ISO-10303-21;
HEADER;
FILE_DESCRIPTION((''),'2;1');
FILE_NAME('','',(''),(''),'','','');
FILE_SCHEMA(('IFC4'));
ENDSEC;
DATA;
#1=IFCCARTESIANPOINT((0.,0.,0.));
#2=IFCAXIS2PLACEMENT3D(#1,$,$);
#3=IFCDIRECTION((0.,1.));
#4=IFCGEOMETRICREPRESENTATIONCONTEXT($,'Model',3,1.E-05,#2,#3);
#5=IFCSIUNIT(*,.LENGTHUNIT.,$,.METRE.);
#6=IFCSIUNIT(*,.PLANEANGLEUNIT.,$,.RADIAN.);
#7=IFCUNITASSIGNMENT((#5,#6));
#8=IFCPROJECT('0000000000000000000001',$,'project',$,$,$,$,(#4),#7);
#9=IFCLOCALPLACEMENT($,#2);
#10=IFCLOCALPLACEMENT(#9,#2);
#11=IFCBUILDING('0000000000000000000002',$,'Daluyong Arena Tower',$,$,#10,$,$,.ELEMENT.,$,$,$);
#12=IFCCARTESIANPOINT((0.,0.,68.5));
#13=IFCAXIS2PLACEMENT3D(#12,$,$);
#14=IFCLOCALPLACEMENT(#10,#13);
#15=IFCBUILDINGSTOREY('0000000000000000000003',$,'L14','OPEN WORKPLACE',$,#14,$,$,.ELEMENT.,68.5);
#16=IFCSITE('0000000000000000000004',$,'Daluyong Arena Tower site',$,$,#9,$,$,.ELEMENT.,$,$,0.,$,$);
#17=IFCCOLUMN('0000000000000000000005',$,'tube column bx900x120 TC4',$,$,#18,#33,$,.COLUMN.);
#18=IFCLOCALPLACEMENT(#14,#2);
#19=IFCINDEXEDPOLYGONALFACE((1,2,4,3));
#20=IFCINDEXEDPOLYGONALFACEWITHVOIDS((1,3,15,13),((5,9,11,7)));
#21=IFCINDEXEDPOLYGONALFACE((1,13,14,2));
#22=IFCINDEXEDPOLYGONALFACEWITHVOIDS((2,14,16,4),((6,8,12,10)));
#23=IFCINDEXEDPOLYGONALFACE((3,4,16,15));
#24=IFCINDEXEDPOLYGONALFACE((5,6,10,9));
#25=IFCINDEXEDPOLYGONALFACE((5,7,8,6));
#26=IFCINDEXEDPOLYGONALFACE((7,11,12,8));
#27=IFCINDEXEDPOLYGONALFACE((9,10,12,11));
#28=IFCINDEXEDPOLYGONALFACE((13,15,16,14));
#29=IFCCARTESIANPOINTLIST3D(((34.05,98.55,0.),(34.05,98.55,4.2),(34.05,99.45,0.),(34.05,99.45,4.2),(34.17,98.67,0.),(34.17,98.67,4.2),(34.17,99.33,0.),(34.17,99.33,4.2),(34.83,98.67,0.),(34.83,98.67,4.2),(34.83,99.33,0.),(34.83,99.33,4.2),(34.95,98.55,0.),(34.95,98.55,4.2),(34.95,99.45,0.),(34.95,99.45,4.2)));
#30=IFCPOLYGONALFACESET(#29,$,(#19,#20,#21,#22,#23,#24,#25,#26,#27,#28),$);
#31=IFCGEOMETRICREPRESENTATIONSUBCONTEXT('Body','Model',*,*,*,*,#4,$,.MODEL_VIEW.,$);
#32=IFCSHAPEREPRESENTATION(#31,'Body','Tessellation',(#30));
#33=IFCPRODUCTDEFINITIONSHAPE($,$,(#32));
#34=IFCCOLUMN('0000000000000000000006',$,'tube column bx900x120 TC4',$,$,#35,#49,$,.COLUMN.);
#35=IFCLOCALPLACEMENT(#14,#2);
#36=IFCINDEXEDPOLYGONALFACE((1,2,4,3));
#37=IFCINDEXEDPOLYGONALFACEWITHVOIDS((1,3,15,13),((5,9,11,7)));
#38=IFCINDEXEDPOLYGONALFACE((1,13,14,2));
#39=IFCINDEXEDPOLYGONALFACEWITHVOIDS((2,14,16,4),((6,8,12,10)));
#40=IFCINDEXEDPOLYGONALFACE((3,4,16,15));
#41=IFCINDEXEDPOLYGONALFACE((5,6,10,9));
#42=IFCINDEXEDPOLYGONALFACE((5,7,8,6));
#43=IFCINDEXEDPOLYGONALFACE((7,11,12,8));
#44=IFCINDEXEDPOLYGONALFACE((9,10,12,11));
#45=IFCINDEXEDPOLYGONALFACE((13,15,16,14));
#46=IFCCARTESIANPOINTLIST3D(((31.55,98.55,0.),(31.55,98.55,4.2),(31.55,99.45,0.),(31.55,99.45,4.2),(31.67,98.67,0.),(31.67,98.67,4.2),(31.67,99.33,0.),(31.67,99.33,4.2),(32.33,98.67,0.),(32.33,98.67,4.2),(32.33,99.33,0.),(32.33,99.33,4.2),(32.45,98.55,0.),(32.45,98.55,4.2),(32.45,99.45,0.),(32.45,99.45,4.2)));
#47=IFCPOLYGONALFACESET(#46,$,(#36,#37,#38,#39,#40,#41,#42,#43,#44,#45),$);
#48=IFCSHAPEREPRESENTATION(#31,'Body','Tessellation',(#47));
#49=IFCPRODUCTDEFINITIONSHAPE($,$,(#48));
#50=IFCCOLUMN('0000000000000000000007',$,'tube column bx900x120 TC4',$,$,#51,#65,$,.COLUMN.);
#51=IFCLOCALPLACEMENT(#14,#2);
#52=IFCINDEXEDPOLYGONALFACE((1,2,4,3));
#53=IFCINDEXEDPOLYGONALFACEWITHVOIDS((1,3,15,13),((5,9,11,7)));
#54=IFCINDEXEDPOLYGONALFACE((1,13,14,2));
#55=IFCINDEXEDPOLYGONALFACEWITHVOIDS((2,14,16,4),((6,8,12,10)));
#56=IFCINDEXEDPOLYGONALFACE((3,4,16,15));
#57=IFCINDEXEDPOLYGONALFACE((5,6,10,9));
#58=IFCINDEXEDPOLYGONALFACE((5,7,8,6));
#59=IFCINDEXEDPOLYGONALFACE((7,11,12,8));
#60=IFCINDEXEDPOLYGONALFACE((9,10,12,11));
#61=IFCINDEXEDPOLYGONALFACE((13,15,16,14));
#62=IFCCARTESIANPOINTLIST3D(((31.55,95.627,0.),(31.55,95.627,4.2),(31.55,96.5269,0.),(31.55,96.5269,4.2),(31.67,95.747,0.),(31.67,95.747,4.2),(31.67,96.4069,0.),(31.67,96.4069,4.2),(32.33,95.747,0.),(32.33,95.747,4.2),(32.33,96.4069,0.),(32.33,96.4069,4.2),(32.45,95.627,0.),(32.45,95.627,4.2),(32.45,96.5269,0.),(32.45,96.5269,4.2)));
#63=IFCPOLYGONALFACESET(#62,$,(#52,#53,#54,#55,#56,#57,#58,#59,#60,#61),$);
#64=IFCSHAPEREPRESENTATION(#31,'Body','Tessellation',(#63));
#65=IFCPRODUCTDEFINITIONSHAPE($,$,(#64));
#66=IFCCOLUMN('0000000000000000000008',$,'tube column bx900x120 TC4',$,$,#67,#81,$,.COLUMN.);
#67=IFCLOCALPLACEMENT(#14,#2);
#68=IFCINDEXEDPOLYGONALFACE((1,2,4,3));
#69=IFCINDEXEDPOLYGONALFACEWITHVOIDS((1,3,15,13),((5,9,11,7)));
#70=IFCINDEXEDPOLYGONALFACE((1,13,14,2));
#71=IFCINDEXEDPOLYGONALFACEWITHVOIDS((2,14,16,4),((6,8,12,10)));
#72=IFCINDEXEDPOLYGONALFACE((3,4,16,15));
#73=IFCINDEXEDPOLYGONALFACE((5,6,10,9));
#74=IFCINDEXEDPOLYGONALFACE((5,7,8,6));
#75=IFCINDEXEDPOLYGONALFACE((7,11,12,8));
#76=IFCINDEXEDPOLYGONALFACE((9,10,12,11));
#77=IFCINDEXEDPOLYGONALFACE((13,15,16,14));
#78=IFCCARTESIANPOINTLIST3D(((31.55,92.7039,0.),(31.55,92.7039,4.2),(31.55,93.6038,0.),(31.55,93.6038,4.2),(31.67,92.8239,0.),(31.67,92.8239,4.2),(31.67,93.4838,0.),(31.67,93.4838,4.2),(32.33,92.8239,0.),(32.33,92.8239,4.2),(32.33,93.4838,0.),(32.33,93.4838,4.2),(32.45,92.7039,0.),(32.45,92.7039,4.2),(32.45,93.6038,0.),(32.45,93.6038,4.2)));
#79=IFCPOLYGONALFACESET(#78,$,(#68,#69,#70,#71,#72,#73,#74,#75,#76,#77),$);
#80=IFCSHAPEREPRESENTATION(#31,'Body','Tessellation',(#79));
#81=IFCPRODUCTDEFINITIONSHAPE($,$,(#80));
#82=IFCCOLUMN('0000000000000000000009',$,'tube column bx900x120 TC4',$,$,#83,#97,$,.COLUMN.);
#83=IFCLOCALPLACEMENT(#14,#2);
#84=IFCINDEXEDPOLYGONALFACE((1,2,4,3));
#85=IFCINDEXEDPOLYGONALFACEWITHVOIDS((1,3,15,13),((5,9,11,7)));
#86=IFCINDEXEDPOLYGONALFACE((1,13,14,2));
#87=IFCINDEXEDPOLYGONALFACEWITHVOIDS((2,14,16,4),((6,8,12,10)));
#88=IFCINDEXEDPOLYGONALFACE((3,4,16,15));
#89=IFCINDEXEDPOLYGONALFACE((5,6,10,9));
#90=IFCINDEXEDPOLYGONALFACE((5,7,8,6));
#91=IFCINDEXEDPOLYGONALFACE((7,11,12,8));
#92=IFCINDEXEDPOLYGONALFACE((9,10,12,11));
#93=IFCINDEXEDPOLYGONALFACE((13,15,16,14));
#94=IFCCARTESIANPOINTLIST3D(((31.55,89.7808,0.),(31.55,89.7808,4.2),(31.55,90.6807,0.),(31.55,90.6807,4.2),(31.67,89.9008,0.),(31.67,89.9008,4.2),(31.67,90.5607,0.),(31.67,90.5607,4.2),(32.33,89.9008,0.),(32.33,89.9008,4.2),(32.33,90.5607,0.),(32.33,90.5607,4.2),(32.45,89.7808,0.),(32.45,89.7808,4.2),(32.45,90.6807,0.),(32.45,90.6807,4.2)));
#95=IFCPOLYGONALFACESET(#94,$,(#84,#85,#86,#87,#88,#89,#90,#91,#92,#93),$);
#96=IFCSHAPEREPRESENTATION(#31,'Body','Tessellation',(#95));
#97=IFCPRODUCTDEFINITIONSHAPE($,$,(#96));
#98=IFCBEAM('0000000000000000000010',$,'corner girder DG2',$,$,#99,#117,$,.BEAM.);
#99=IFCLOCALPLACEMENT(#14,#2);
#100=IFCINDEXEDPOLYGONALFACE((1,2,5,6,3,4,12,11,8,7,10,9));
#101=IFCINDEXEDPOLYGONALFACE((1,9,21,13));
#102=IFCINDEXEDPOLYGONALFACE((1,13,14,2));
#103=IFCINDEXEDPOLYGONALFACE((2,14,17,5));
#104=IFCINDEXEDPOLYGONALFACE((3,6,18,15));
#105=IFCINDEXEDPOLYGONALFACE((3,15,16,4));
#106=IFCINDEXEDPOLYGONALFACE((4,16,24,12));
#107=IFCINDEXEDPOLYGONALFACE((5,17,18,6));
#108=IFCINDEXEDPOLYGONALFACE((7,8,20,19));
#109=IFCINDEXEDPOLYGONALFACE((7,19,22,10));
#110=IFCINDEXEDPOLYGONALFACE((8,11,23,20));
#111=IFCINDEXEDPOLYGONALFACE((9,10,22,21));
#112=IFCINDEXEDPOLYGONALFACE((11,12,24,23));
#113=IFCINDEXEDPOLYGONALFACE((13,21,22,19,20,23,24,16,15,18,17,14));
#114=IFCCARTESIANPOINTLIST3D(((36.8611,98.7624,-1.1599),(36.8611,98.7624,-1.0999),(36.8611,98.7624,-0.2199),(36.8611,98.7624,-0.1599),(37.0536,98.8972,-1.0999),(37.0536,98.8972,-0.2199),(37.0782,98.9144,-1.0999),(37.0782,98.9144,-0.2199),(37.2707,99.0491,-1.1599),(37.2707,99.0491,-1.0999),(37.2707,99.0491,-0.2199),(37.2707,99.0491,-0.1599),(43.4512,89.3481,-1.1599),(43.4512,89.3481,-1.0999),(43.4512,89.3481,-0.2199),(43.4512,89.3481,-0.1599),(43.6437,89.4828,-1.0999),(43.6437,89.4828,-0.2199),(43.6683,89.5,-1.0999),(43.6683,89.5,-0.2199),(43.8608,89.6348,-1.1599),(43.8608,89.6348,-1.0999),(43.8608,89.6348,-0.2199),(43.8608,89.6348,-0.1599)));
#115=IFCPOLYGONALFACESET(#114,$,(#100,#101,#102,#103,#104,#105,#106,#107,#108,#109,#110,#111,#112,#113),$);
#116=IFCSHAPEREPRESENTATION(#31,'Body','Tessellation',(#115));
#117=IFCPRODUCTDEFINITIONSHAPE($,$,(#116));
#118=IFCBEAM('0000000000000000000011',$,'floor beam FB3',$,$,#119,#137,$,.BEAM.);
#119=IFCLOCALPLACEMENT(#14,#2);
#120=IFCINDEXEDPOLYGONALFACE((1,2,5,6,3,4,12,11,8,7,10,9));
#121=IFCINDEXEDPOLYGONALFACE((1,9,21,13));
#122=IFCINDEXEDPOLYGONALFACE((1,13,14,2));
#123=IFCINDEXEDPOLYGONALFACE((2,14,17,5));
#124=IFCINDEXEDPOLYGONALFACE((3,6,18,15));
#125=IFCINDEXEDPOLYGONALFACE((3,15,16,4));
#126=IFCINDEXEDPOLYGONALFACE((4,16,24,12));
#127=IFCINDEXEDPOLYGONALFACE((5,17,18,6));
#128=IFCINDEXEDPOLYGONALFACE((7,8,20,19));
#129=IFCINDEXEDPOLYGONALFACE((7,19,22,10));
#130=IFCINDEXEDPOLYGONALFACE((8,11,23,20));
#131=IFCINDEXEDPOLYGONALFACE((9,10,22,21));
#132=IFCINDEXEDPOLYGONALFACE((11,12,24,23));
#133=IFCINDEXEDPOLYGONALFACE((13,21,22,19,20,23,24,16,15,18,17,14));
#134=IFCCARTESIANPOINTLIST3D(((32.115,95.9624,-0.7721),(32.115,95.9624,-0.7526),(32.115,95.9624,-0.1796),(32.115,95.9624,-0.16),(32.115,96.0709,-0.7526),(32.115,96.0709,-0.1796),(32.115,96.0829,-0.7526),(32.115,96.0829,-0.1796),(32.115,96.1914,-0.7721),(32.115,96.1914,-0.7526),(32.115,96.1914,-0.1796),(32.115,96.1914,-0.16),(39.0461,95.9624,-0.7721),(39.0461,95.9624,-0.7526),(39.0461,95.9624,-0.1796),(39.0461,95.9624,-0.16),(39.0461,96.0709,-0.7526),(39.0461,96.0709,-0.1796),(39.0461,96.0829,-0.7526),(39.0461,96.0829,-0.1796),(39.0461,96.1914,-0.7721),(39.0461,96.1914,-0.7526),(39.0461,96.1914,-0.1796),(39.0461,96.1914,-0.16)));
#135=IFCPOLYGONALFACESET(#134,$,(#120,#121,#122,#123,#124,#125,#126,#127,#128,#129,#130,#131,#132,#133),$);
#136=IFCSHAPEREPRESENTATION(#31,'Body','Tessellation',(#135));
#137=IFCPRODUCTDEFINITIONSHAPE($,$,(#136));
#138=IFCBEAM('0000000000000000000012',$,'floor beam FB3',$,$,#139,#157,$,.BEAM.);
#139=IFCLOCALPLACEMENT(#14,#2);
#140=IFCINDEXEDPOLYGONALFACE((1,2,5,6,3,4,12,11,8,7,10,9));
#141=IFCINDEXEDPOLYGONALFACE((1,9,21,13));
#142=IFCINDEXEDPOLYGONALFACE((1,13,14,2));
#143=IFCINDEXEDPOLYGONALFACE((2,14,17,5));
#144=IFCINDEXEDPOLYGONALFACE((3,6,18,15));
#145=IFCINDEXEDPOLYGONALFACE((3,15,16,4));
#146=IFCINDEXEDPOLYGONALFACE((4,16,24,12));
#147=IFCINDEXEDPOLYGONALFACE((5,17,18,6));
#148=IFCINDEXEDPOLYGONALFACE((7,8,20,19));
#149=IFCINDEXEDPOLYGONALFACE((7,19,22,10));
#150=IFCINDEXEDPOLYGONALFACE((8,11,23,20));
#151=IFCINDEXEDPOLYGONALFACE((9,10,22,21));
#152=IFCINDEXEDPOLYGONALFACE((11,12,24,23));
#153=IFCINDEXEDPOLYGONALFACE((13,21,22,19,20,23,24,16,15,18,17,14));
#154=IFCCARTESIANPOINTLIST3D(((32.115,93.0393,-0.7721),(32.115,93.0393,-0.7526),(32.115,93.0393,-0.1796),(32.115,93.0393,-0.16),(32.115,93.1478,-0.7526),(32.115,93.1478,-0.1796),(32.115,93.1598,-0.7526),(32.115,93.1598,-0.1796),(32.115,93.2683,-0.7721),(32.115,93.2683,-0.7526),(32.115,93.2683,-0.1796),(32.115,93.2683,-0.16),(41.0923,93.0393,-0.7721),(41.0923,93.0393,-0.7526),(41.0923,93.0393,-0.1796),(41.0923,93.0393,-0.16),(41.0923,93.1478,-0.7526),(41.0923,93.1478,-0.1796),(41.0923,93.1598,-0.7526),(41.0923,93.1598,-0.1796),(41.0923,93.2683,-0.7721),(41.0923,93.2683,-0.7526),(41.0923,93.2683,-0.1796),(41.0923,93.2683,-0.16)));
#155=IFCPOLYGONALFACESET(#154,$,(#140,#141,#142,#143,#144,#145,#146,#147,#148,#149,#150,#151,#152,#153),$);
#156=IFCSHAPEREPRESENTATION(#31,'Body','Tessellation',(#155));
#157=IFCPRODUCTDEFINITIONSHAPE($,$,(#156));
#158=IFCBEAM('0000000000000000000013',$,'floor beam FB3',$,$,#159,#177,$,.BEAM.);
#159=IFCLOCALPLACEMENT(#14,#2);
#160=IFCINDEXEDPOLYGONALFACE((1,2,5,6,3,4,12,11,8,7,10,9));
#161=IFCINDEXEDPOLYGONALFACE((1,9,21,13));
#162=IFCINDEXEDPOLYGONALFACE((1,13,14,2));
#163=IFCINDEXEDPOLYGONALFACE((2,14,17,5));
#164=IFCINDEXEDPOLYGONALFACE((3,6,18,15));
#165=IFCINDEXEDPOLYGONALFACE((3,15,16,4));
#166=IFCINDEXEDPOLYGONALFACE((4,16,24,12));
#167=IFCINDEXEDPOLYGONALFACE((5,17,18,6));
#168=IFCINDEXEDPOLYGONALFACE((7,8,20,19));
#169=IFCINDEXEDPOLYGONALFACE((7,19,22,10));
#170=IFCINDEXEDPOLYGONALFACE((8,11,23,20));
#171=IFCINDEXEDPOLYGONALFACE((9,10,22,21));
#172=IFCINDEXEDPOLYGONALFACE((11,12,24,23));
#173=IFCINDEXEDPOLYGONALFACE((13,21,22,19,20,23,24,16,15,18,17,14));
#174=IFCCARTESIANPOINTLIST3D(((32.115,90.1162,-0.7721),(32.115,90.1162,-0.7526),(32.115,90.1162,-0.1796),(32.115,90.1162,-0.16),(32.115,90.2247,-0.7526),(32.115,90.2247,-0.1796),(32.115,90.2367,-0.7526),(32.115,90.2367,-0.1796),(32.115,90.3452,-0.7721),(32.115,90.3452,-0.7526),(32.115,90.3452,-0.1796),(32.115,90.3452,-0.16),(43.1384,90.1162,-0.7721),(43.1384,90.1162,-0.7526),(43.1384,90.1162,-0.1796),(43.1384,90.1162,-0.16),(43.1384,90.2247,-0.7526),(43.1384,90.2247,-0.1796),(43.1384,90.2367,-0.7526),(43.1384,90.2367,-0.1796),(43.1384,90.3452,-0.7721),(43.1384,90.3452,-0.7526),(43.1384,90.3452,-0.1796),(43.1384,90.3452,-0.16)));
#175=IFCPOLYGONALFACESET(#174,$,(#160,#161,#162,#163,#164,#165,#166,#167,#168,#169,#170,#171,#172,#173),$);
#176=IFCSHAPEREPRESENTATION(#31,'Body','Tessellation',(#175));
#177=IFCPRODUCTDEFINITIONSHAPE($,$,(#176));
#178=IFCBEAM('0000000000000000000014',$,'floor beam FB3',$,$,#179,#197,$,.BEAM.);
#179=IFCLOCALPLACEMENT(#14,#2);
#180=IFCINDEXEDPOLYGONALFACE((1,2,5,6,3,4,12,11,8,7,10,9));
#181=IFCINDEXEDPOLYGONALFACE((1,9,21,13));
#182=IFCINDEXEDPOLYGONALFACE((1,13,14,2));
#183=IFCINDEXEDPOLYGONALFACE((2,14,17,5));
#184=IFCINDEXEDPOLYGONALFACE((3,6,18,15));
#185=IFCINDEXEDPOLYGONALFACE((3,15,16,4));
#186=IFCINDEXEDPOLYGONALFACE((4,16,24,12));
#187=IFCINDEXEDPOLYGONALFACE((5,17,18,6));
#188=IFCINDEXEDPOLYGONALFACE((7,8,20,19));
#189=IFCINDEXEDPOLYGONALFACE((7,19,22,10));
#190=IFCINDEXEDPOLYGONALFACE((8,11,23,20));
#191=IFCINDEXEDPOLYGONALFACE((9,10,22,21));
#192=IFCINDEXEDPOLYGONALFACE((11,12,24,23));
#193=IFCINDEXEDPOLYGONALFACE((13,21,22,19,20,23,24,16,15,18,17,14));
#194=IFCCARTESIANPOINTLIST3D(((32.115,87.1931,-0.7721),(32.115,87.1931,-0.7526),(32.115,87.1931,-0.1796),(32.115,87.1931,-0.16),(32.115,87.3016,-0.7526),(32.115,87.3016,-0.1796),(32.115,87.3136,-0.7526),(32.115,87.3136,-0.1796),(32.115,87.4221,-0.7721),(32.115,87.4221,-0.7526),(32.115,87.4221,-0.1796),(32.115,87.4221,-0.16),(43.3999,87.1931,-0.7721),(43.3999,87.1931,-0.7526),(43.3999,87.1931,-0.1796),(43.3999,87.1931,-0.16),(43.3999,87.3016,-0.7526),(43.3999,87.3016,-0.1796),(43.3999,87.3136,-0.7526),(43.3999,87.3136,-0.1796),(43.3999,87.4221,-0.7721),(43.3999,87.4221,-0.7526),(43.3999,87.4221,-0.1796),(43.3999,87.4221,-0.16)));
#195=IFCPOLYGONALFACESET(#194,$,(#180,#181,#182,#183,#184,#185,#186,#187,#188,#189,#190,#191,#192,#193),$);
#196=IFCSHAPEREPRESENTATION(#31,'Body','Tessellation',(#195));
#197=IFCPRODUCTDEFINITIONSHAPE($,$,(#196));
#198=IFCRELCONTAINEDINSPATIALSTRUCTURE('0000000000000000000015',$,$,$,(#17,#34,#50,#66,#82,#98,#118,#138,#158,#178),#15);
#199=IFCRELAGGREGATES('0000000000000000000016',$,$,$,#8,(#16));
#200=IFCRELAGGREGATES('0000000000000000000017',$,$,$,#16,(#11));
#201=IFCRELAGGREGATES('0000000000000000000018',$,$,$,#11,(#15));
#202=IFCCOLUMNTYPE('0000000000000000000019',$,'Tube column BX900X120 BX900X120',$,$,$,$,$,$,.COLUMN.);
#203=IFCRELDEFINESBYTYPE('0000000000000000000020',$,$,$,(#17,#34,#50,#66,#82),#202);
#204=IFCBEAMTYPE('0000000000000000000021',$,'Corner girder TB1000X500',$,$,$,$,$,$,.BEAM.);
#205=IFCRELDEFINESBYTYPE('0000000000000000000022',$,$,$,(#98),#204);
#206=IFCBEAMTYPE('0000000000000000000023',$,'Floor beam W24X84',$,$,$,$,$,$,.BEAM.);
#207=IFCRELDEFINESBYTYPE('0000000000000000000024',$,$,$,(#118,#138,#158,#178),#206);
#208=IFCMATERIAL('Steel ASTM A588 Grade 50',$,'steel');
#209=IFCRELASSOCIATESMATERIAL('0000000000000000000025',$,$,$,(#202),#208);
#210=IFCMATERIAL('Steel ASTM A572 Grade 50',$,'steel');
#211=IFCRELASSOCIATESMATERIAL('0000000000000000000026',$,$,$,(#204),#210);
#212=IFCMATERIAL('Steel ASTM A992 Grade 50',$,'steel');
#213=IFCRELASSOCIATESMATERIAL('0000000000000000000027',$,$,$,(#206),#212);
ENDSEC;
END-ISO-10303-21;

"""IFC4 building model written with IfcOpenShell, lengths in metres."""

from ifc_helpers import new_model, si_unit, direction, frame, origin, origin_2d, place, context, subcontext, project, spatial, hollow_rectangle, i_section, extrude, material, material_profile, profile_set, type_object, element, save


model = new_model("IFC4")

# Units and contexts
model_context = context("Model", 3, precision=1e-05, world=origin(), true_north=direction((0.0, 1.0)))
body_context = subcontext(model_context, "Body", "Model", "MODEL_VIEW")
ifc_project = project(units=[si_unit("LENGTHUNIT", "METRE"), si_unit("PLANEANGLEUNIT", "RADIAN")], contexts=[model_context])

# Site, building, storey
site_placement = place(None, origin())
site = spatial("IfcSite", under=ifc_project, at=site_placement, Name="Daluyong Arena Tower site", CompositionType="ELEMENT", RefElevation=0.0)
building_placement = place(site_placement, origin())
building = spatial("IfcBuilding", under=site, at=building_placement, Name="Daluyong Arena Tower", CompositionType="ELEMENT")
storey_placement = place(building_placement, frame((0.0, 0.0, 68.5)))
storey = spatial("IfcBuildingStorey", under=building, at=storey_placement, Name="L14", Description="OPEN WORKPLACE", CompositionType="ELEMENT", Elevation=68.5)

# Columns
ifc_material_1 = material(Name="Steel ASTM A588 Grade 50", Category="steel")
ifc_material_profile_1 = material_profile(ifc_material_1, hollow_rectangle(XDim=0.8999, YDim=0.8999, WallThickness=0.12, at=origin_2d()))
ifc_profile_set_1 = profile_set([ifc_material_profile_1], Name="Steel ASTM A588 Grade 50")
column_type = type_object("IfcColumnType", Name="Tube column BX900X120 BX900X120", PredefinedType="COLUMN", material=ifc_profile_set_1)
for number, where, z_axis, x_axis, name in (
    (1, (34.5, 99.0, 0.0), (0.0, 0.0, 1.0), (1.0, 0.0, 0.0), "tube column bx900x120 TC4"),
    (2, (32.0, 99.0, 0.0), (0.0, 0.0, 1.0), (0.0, 1.0, 0.0), "tube column bx900x120 TC4"),
    (3, (32.0, 96.0769, 0.0), (0.0, 0.0, 1.0), (0.0, 1.0, 0.0), "tube column bx900x120 TC4"),
    (4, (32.0, 93.1538, 0.0), (0.0, 0.0, 1.0), (0.0, 1.0, 0.0), "tube column bx900x120 TC4"),
    (5, (32.0, 90.2307, 0.0), (0.0, 0.0, 1.0), (0.0, 1.0, 0.0), "tube column bx900x120 TC4"),
):
    element("IfcColumn", number, at=place(storey_placement, frame(where, z_axis=z_axis, x_axis=x_axis)), inside=storey, type_object=column_type, Name=name, PredefinedType="COLUMN", context=body_context, shape_type="SweptSolid", body=[
        extrude(hollow_rectangle(XDim=0.8999, YDim=0.8999, WallThickness=0.12, at=origin_2d()), origin(), (0.0, 0.0, 1.0), 4.2),
    ])

# Beams
ifc_material_2 = material(Name="Steel ASTM A572 Grade 50", Category="steel")
ifc_material_profile_2 = material_profile(ifc_material_2, i_section(OverallWidth=0.5, OverallDepth=1.0, WebThickness=0.03, FlangeThickness=0.06, at=origin_2d()))
ifc_profile_set_2 = profile_set([ifc_material_profile_2], Name="Steel ASTM A572 Grade 50")
beam_type_1 = type_object("IfcBeamType", Name="Corner girder TB1000X500", PredefinedType="BEAM", material=ifc_profile_set_2)
beam_1_placement = place(storey_placement, frame((37.0659, 98.9058, -0.6599), z_axis=(0.573467, -0.819229, 0.0), x_axis=(0.819229, 0.573467, 0.0)))
element("IfcBeam", 6, at=beam_1_placement, inside=storey, type_object=beam_type_1, Name="corner girder DG2", PredefinedType="BEAM", context=body_context, shape_type="SweptSolid", body=[
    extrude(i_section(OverallWidth=0.5, OverallDepth=1.0, WebThickness=0.03, FlangeThickness=0.06, at=origin_2d()), origin(), (0.0, 0.0, 1.0), 11.4917),
])
ifc_material_3 = material(Name="Steel ASTM A992 Grade 50", Category="steel")
ifc_material_profile_3 = material_profile(ifc_material_3, i_section(OverallWidth=0.229, OverallDepth=0.6121, WebThickness=0.012, FlangeThickness=0.0195, at=origin_2d()))
ifc_profile_set_3 = profile_set([ifc_material_profile_3], Name="Steel ASTM A992 Grade 50")
beam_type_2 = type_object("IfcBeamType", Name="Floor beam W24X84", PredefinedType="BEAM", material=ifc_profile_set_3)
beam_2_placement = place(storey_placement, frame((32.115, 96.0769, -0.4661), z_axis=(1.0, 0.0, 0.0), x_axis=(0.0, 1.0, 0.0)))
element("IfcBeam", 7, at=beam_2_placement, inside=storey, type_object=beam_type_2, Name="floor beam FB3", PredefinedType="BEAM", context=body_context, shape_type="SweptSolid", body=[
    extrude(i_section(OverallWidth=0.229, OverallDepth=0.6121, WebThickness=0.012, FlangeThickness=0.0195, at=origin_2d()), origin(), (0.0, 0.0, 1.0), 6.9312),
])
beam_3_placement = place(storey_placement, frame((32.115, 93.1538, -0.4661), z_axis=(1.0, 0.0, 0.0), x_axis=(0.0, 1.0, 0.0)))
element("IfcBeam", 8, at=beam_3_placement, inside=storey, type_object=beam_type_2, Name="floor beam FB3", PredefinedType="BEAM", context=body_context, shape_type="SweptSolid", body=[
    extrude(i_section(OverallWidth=0.229, OverallDepth=0.6121, WebThickness=0.012, FlangeThickness=0.0195, at=origin_2d()), origin(), (0.0, 0.0, 1.0), 8.9773),
])
beam_4_placement = place(storey_placement, frame((32.115, 90.2307, -0.4661), z_axis=(1.0, 0.0, 0.0), x_axis=(0.0, 1.0, 0.0)))
element("IfcBeam", 9, at=beam_4_placement, inside=storey, type_object=beam_type_2, Name="floor beam FB3", PredefinedType="BEAM", context=body_context, shape_type="SweptSolid", body=[
    extrude(i_section(OverallWidth=0.229, OverallDepth=0.6121, WebThickness=0.012, FlangeThickness=0.0195, at=origin_2d()), origin(), (0.0, 0.0, 1.0), 11.0234),
])
for number, where, z_axis, x_axis, name in (
    (10, (32.115, 87.3076, -0.4661), (1.0, 0.0, 0.0), (0.0, 1.0, 0.0), "floor beam FB3"),
):
    element("IfcBeam", number, at=place(storey_placement, frame(where, z_axis=z_axis, x_axis=x_axis)), inside=storey, type_object=beam_type_2, Name=name, PredefinedType="BEAM", context=body_context, shape_type="SweptSolid", body=[
        extrude(i_section(OverallWidth=0.229, OverallDepth=0.6121, WebThickness=0.012, FlangeThickness=0.0195, at=origin_2d()), origin(), (0.0, 0.0, 1.0), 11.2849),
    ])

save(model, "model.ifc")
